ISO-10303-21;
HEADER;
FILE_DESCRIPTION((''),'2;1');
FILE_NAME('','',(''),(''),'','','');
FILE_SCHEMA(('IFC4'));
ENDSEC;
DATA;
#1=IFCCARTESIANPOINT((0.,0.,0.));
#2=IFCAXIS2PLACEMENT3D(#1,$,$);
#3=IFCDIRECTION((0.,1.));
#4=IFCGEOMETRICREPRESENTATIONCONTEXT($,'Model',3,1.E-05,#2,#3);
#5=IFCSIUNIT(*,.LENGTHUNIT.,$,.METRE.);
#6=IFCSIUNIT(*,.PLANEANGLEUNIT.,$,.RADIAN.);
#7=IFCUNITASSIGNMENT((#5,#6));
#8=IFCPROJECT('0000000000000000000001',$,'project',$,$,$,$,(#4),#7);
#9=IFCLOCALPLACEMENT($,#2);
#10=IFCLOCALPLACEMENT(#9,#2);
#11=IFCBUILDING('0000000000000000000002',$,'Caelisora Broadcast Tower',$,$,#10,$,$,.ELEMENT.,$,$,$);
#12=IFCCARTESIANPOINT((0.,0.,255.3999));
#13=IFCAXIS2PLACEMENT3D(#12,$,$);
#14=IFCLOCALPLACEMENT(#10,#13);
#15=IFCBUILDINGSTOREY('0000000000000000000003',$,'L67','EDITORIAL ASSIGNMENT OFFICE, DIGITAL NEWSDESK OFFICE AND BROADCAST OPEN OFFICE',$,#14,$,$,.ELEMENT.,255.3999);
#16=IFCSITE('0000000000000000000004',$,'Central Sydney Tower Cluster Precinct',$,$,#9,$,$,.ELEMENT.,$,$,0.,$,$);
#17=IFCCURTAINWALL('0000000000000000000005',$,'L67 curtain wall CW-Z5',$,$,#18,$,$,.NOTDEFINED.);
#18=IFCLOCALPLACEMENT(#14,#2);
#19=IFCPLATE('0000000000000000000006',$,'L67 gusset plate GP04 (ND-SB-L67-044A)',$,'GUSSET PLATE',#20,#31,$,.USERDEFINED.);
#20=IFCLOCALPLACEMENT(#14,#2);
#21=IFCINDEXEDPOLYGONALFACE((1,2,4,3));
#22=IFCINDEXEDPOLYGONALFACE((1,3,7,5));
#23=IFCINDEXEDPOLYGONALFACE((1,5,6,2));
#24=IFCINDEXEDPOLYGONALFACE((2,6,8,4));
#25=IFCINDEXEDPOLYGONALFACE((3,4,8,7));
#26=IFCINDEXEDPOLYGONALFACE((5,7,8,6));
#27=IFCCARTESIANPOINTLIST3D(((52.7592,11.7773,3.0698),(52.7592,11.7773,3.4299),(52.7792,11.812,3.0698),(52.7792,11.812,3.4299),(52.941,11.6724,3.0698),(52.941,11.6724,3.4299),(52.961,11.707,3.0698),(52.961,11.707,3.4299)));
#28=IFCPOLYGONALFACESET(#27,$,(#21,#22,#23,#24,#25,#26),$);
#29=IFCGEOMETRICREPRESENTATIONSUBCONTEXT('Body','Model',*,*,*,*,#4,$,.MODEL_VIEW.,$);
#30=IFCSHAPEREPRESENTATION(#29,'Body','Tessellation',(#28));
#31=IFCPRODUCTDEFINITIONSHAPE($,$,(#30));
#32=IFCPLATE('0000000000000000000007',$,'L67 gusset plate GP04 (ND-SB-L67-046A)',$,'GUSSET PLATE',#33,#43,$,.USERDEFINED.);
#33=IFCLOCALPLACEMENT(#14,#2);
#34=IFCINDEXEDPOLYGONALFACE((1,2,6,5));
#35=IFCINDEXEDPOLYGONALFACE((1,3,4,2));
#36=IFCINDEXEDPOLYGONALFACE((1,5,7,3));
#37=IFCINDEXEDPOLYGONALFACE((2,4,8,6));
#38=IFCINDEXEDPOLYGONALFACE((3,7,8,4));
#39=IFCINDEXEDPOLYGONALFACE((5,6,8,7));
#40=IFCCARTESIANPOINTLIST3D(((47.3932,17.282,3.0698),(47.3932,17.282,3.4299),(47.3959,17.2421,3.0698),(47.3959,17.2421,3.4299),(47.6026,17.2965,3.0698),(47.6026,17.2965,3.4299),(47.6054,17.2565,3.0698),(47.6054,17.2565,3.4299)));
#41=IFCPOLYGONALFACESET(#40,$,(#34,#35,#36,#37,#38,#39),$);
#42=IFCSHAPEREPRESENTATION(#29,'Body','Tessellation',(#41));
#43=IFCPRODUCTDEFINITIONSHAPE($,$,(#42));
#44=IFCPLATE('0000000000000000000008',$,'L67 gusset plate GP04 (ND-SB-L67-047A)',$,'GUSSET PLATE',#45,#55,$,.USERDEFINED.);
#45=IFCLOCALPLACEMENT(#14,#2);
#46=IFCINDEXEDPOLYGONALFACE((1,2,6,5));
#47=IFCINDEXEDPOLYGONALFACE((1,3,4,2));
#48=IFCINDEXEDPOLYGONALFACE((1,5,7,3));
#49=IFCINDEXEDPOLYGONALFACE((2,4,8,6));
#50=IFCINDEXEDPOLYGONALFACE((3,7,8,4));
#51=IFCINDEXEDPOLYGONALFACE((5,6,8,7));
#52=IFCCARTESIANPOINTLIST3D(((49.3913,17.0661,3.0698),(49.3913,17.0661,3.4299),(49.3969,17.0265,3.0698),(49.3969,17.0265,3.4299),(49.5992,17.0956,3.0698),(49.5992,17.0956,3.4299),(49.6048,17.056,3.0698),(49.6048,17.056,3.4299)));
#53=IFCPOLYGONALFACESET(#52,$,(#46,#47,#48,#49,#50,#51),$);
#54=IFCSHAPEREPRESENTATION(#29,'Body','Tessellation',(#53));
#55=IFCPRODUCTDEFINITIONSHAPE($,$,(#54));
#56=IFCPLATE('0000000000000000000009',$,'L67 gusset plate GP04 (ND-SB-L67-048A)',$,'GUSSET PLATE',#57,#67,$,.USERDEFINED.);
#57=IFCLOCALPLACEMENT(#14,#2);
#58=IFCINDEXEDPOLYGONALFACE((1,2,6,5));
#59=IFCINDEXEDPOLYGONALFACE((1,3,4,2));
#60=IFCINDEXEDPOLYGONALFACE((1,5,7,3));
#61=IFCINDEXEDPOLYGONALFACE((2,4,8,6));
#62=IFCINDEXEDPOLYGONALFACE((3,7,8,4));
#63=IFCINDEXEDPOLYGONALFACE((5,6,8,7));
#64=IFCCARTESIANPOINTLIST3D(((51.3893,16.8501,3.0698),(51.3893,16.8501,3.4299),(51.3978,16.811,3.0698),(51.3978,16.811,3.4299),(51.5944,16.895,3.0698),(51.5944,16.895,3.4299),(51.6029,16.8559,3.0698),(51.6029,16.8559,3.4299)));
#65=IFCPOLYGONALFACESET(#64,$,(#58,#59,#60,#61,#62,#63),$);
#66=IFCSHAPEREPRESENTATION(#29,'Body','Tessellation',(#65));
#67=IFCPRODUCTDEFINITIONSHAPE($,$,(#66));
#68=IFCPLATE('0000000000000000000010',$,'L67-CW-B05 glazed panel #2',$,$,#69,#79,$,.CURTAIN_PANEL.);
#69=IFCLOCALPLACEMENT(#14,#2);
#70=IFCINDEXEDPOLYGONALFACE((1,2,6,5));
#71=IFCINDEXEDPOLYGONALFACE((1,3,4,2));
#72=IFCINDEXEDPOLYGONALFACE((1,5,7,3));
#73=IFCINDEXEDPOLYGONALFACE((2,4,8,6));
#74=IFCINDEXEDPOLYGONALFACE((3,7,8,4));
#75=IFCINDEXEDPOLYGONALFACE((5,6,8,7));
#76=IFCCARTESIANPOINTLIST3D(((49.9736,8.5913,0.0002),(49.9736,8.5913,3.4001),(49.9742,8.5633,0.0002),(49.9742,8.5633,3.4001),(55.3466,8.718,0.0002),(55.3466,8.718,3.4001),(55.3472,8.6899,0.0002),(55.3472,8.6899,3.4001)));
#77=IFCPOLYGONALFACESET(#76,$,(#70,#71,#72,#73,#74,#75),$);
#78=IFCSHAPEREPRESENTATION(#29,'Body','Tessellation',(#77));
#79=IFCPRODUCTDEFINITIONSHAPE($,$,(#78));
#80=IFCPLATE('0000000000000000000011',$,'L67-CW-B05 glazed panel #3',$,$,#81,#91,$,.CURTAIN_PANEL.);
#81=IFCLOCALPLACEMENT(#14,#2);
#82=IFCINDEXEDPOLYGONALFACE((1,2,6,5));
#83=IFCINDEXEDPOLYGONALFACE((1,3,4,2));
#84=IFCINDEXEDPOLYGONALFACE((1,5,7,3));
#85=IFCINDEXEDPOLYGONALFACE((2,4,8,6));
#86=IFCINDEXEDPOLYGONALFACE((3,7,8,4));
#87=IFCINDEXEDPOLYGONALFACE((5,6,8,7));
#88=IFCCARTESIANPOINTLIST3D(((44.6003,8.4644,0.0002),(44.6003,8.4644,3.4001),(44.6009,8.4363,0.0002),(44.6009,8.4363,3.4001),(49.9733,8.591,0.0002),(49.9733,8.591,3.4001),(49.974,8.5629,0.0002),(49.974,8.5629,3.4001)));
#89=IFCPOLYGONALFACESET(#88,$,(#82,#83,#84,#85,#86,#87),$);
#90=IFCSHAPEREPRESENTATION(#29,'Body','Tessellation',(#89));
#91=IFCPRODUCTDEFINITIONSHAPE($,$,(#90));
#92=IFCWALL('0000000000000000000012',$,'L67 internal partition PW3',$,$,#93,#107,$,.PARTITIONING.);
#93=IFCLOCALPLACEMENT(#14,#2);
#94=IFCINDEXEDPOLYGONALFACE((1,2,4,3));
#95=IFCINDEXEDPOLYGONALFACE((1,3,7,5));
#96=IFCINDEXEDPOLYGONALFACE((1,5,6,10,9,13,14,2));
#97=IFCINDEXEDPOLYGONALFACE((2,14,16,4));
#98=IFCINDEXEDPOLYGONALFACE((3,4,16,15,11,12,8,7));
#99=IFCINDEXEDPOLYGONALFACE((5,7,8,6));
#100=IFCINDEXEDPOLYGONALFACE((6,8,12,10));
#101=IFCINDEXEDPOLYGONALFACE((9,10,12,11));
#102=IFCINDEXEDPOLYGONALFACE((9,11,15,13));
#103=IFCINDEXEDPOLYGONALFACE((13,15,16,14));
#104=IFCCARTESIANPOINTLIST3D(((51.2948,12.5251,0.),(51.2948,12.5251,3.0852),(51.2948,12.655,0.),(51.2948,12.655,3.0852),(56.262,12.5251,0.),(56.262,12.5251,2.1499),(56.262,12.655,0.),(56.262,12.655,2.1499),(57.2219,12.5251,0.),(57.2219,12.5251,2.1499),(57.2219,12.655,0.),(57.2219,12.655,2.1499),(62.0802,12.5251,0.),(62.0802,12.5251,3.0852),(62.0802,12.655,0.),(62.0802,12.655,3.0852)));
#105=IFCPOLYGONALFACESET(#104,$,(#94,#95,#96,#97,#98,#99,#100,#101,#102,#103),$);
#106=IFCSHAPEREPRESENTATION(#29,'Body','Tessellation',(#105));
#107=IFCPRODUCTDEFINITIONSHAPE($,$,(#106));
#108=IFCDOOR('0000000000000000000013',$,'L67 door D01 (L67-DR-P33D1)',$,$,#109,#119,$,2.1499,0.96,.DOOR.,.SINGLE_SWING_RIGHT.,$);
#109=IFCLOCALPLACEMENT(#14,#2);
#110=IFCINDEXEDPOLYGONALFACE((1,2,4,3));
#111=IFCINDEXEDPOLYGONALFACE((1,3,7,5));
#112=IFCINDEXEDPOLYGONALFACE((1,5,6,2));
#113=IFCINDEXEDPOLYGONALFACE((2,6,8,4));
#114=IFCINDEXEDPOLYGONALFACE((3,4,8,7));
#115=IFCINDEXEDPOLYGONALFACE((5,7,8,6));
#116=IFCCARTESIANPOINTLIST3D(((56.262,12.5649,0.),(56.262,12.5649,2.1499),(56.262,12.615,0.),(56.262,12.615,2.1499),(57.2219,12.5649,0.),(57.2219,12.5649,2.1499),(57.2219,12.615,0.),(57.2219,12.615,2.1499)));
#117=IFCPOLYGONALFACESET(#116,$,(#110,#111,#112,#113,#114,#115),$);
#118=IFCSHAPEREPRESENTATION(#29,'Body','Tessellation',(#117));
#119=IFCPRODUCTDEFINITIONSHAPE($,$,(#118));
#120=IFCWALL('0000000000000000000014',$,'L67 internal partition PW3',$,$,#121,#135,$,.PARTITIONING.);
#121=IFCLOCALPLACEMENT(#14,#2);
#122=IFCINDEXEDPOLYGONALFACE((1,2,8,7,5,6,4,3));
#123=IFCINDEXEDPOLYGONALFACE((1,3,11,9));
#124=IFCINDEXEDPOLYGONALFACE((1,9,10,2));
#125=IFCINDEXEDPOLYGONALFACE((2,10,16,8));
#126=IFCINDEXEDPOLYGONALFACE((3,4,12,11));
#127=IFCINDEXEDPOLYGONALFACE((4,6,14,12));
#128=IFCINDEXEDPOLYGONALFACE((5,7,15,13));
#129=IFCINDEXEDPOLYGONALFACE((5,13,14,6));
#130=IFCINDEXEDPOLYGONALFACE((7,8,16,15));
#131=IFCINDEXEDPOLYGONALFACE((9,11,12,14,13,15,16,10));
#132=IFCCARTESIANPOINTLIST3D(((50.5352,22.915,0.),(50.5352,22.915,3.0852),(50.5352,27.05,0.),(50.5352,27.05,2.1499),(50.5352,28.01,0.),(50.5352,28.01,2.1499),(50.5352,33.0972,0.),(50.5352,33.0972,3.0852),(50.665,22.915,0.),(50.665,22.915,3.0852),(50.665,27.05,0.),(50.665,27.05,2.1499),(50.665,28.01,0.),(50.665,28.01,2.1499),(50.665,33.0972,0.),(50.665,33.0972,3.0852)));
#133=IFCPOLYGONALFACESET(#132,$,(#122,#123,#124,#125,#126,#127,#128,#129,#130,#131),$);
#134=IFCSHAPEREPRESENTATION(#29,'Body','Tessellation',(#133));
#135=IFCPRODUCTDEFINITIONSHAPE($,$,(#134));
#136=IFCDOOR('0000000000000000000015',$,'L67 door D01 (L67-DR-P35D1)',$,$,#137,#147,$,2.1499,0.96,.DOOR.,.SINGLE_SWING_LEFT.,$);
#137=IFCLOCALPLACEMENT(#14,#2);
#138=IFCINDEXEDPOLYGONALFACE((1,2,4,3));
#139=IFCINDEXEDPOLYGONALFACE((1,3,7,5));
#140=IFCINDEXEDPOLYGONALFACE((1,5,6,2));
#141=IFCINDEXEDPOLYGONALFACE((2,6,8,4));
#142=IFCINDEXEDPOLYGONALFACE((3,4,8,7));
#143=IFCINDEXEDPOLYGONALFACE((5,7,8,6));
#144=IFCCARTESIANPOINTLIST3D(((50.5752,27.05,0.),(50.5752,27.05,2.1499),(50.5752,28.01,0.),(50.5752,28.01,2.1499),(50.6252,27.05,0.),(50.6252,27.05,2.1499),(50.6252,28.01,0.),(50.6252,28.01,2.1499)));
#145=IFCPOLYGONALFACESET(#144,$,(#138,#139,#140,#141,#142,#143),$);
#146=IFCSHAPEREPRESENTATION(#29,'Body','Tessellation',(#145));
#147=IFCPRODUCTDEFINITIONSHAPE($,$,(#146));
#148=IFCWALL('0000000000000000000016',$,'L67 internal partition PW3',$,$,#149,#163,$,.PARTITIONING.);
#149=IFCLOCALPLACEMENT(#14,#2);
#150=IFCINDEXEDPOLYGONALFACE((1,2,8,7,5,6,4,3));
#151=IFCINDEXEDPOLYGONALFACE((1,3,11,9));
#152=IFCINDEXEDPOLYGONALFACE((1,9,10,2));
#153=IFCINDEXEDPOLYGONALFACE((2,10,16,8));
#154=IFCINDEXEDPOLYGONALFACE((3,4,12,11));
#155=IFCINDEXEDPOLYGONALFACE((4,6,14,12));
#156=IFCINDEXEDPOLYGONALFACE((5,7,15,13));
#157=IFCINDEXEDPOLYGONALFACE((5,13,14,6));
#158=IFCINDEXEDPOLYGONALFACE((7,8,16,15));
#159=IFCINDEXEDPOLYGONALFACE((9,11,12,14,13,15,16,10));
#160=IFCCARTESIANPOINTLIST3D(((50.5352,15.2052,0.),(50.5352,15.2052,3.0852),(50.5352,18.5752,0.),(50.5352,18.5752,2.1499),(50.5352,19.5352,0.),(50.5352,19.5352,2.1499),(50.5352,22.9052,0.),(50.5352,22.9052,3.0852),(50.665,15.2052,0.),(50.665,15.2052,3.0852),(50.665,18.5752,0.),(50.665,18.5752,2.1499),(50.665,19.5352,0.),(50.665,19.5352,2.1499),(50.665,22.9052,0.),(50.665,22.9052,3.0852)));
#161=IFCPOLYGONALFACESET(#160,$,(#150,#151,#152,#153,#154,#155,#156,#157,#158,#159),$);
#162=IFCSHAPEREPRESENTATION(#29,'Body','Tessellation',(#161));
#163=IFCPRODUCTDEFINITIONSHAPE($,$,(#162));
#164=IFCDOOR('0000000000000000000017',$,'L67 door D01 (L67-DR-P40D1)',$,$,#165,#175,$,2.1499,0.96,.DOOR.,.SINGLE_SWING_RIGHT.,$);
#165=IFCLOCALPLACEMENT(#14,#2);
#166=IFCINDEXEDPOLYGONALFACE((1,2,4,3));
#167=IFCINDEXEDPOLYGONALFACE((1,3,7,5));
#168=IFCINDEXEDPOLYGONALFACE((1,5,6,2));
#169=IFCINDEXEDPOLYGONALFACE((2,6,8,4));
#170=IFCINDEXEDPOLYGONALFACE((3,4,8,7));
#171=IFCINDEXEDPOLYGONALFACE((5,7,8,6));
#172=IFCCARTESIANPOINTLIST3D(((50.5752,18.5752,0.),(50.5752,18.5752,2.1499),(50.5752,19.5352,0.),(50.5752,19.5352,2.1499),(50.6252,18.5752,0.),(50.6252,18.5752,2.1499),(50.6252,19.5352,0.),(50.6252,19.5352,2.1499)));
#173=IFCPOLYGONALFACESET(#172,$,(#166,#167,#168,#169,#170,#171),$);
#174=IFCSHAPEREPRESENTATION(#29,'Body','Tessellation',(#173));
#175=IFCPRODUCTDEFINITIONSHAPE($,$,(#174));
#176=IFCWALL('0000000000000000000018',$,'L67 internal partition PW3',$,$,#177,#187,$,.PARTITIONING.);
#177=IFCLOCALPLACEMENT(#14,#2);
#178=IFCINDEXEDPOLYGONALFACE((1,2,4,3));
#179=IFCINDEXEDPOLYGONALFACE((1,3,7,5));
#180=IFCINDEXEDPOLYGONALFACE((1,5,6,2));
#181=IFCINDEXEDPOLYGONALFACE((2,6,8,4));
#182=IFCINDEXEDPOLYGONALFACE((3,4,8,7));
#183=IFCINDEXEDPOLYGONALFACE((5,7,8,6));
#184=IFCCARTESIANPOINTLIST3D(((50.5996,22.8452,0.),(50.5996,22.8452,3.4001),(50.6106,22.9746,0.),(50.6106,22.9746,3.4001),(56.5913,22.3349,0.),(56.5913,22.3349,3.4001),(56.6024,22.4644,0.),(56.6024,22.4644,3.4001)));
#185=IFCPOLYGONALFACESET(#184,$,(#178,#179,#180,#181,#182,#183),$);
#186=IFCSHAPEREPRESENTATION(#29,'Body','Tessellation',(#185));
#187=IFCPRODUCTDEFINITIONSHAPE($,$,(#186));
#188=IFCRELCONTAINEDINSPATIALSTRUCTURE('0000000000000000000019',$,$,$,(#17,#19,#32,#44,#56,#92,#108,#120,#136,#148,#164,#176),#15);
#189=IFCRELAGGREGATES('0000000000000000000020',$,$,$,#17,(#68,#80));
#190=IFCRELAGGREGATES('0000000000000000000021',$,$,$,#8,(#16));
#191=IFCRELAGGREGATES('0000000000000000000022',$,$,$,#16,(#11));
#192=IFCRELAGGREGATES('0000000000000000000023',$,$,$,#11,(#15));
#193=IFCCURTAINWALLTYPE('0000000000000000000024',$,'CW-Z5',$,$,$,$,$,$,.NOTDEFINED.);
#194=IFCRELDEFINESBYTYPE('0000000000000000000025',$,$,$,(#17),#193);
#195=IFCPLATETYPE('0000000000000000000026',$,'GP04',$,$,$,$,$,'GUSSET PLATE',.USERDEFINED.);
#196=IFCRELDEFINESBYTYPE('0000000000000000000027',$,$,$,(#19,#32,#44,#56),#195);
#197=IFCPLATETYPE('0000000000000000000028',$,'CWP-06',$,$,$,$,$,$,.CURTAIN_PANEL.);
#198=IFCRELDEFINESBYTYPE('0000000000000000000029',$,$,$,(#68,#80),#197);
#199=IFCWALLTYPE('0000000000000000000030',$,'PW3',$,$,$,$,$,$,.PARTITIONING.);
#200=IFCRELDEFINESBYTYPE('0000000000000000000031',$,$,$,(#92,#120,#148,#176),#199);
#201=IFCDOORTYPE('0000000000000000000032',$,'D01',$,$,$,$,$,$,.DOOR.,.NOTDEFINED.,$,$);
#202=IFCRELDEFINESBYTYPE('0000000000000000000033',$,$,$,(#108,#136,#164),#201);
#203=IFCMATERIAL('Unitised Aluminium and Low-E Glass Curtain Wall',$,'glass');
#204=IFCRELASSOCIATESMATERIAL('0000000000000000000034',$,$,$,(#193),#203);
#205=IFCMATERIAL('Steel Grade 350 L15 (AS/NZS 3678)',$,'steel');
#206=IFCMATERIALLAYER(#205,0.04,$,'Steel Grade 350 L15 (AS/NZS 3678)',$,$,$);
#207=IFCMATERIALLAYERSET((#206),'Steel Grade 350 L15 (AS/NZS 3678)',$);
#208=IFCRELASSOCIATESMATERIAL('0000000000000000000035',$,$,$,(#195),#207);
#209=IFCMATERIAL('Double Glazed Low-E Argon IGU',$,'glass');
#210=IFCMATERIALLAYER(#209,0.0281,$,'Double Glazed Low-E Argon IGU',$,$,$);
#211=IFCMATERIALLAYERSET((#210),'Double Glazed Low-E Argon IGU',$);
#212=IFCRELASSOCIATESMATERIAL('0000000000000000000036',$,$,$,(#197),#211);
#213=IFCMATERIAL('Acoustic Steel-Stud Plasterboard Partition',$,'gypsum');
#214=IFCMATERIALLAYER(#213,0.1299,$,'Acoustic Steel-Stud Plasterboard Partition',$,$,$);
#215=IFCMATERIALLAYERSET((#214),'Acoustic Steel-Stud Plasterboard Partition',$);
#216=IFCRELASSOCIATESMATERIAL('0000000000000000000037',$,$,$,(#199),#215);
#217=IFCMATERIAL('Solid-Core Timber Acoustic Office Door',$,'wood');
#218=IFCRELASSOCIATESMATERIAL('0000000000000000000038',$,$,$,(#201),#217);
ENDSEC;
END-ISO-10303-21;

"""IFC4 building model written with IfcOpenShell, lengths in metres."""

from ifc_helpers import new_model, si_unit, direction, frame, frame_2d, origin, origin_2d, place, context, subcontext, project, spatial, rectangle, extrude, source, transform, mapped, material, layer, layer_set, type_object, type_shapes, element, fill, aggregate, save


model = new_model("IFC4")

# Units and contexts
model_context = context("Model", 3, precision=1e-05, world=origin(), true_north=direction((0.0, 1.0)))
body_context = subcontext(model_context, "Body", "Model", "MODEL_VIEW")
ifc_project = project(units=[si_unit("LENGTHUNIT", "METRE"), si_unit("PLANEANGLEUNIT", "RADIAN")], contexts=[model_context])

# Site, building, storey
site_placement = place(None, origin())
site = spatial("IfcSite", under=ifc_project, at=site_placement, Name="Central Sydney Tower Cluster Precinct", CompositionType="ELEMENT", RefElevation=0.0)
building_placement = place(site_placement, origin())
building = spatial("IfcBuilding", under=site, at=building_placement, Name="Caelisora Broadcast Tower", CompositionType="ELEMENT")
storey_placement = place(building_placement, frame((0.0, 0.0, 255.3999)))
storey = spatial("IfcBuildingStorey", under=building, at=storey_placement, Name="L67", Description="EDITORIAL ASSIGNMENT OFFICE, DIGITAL NEWSDESK OFFICE AND BROADCAST OPEN OFFICE", CompositionType="ELEMENT", Elevation=255.3999)

# Curtain wall
ifc_material_1 = material(Name="Unitised Aluminium and Low-E Glass Curtain Wall", Category="glass")
curtain_wall_type = type_object("IfcCurtainWallType", Name="CW-Z5", PredefinedType="NOTDEFINED", material=ifc_material_1)
curtain_wall_placement = place(storey_placement, origin())
curtain_wall = element("IfcCurtainWall", 1, at=curtain_wall_placement, inside=storey, type_object=curtain_wall_type, Name="L67 curtain wall CW-Z5", PredefinedType="NOTDEFINED")

# Plates
ifc_material_2 = material(Name="Steel Grade 350 L15 (AS/NZS 3678)", Category="steel")
ifc_layer_1 = layer(ifc_material_2, 0.04, Name="Steel Grade 350 L15 (AS/NZS 3678)")
ifc_layer_set_1 = layer_set([ifc_layer_1], Name="Steel Grade 350 L15 (AS/NZS 3678)")
plate_type_1 = type_object("IfcPlateType", Name="GP04", ElementType="GUSSET PLATE", PredefinedType="USERDEFINED", material=ifc_layer_set_1)
shared_shape_1 = source(origin(), body_context, "Body", "SweptSolid", [
    extrude(rectangle(XDim=0.21, YDim=0.04, at=origin_2d()), origin(), (0.0, 0.0, 1.0), 0.3601),
])
type_shapes(plate_type_1, [shared_shape_1])
for number, where, z_axis, x_axis, name in (
    (2, (52.8601, 11.7422, 3.0698), (0.0, 0.0, 1.0), (-0.866025, 0.5, 0.0), "L67 gusset plate GP04 (ND-SB-L67-044A)"),
    (3, (47.4993, 17.2693, 3.0698), (0.0, 0.0, 1.0), (-0.997637, -0.068712, 0.0), "L67 gusset plate GP04 (ND-SB-L67-046A)"),
    (4, (49.498, 17.061, 3.0698), (0.0, 0.0, 1.0), (-0.990097, -0.140383, 0.0), "L67 gusset plate GP04 (ND-SB-L67-047A)"),
    (5, (51.4961, 16.853, 3.0698), (0.0, 0.0, 1.0), (-0.976897, -0.213712, 0.0), "L67 gusset plate GP04 (ND-SB-L67-048A)"),
):
    element("IfcPlate", number, at=place(storey_placement, frame(where, z_axis=z_axis, x_axis=x_axis)), inside=storey, type_object=plate_type_1, Name=name, ObjectType="GUSSET PLATE", PredefinedType="USERDEFINED", context=body_context, shape_type="MappedRepresentation", body=[
        mapped(shared_shape_1, transform((0.0, 0.0, 0.0), scale=1.0)),
    ])

# Plates
ifc_material_3 = material(Name="Double Glazed Low-E Argon IGU", Category="glass")
ifc_layer_2 = layer(ifc_material_3, 0.0281, Name="Double Glazed Low-E Argon IGU")
ifc_layer_set_2 = layer_set([ifc_layer_2], Name="Double Glazed Low-E Argon IGU")
plate_type_2 = type_object("IfcPlateType", Name="CWP-06", PredefinedType="CURTAIN_PANEL", material=ifc_layer_set_2)
shared_shape_2 = source(origin(), body_context, "Body", "SweptSolid", [
    extrude(rectangle(XDim=5.3745, YDim=0.0281, at=origin_2d()), origin(), (0.0, 0.0, 1.0), 3.3999),
])
type_shapes(plate_type_2, [shared_shape_2])
plate_1_placement = place(storey_placement, frame((52.6604, 8.6406, 0.0002), z_axis=(0.0, 0.0, 1.0), x_axis=(-0.999722, -0.02356, 0.0)))
plate_1 = element("IfcPlate", 6, at=plate_1_placement, type_object=plate_type_2, Name="L67-CW-B05 glazed panel #2", PredefinedType="CURTAIN_PANEL", context=body_context, shape_type="MappedRepresentation", body=[
    mapped(shared_shape_2, transform((0.0, 0.0, 0.0), scale=1.0)),
])
plate_2_placement = place(storey_placement, frame((47.2871, 8.5137, 0.0002), z_axis=(0.0, 0.0, 1.0), x_axis=(-0.999722, -0.02356, 0.0)))
plate_2 = element("IfcPlate", 7, at=plate_2_placement, type_object=plate_type_2, Name="L67-CW-B05 glazed panel #3", PredefinedType="CURTAIN_PANEL", context=body_context, shape_type="MappedRepresentation", body=[
    mapped(shared_shape_2, transform((0.0, 0.0, 0.0), scale=1.0)),
])
aggregate(curtain_wall, [plate_1, plate_2])

# Walls, openings, doors
ifc_material_4 = material(Name="Acoustic Steel-Stud Plasterboard Partition", Category="gypsum")
ifc_layer_3 = layer(ifc_material_4, 0.1299, Name="Acoustic Steel-Stud Plasterboard Partition")
ifc_layer_set_3 = layer_set([ifc_layer_3], Name="Acoustic Steel-Stud Plasterboard Partition")
wall_type = type_object("IfcWallType", Name="PW3", PredefinedType="PARTITIONING", material=ifc_layer_set_3)
wall_1_placement = place(storey_placement, frame((51.2949, 12.5901, 0.0), z_axis=(0.0, 0.0, 1.0), x_axis=(1.0, 0.0, 0.0)))
wall_1 = element("IfcWall", 8, at=wall_1_placement, inside=storey, type_object=wall_type, Name="L67 internal partition PW3", PredefinedType="PARTITIONING", context=body_context, shape_type="SweptSolid", body=[
    extrude(rectangle(XDim=10.7854, YDim=0.1299, at=frame_2d((5.3926, 0.0))), origin(), (0.0, 0.0, 1.0), 3.0852),
])
opening_1_placement = place(wall_1_placement, frame((4.967, 0.0, 0.0)))
opening_1 = element("IfcOpeningElement", 9, at=opening_1_placement, cuts=wall_1, PredefinedType="OPENING", context=body_context, shape_type="SweptSolid", body=[
    extrude(rectangle(XDim=0.96, YDim=2.1499, at=frame_2d((0.48, 1.075))), frame((0.0, 0.0769, 0.0), z_axis=(0.0, -1.0, 0.0), x_axis=(1.0, 0.0, 0.0)), (0.0, 0.0, 1.0), 0.1538),
])
ifc_material_5 = material(Name="Solid-Core Timber Acoustic Office Door", Category="wood")
door_type = type_object("IfcDoorType", Name="D01", OperationType="NOTDEFINED", PredefinedType="DOOR", material=ifc_material_5)
door_1_placement = place(opening_1_placement, origin())
door_1 = element("IfcDoor", 10, at=door_1_placement, inside=storey, type_object=door_type, Name="L67 door D01 (L67-DR-P33D1)", OperationType="SINGLE_SWING_RIGHT", OverallHeight=2.1499, OverallWidth=0.96, PredefinedType="DOOR", context=body_context, shape_type="SweptSolid", body=[
    extrude(rectangle(XDim=0.96, YDim=2.1499, at=frame_2d((0.48, 1.075))), frame((0.0, 0.0249, 0.0), z_axis=(0.0, -1.0, 0.0), x_axis=(1.0, 0.0, 0.0)), (0.0, 0.0, 1.0), 0.05),
])
fill(opening_1, door_1)
wall_2_placement = place(storey_placement, frame((50.6001, 22.915, 0.0), z_axis=(0.0, 0.0, 1.0), x_axis=(0.0, 1.0, 0.0)))
wall_2 = element("IfcWall", 11, at=wall_2_placement, inside=storey, type_object=wall_type, Name="L67 internal partition PW3", PredefinedType="PARTITIONING", context=body_context, shape_type="SweptSolid", body=[
    extrude(rectangle(XDim=10.1821, YDim=0.1299, at=frame_2d((5.0911, 0.0))), origin(), (0.0, 0.0, 1.0), 3.0852),
])
opening_2_placement = place(wall_2_placement, frame((4.135, 0.0, 0.0)))
opening_2 = element("IfcOpeningElement", 12, at=opening_2_placement, cuts=wall_2, PredefinedType="OPENING", context=body_context, shape_type="SweptSolid", body=[
    extrude(rectangle(XDim=0.96, YDim=2.1499, at=frame_2d((0.48, 1.075))), frame((0.0, 0.0769, 0.0), z_axis=(0.0, -1.0, 0.0), x_axis=(1.0, 0.0, 0.0)), (0.0, 0.0, 1.0), 0.1538),
])
door_2_placement = place(opening_2_placement, origin())
door_2 = element("IfcDoor", 13, at=door_2_placement, inside=storey, type_object=door_type, Name="L67 door D01 (L67-DR-P35D1)", OperationType="SINGLE_SWING_LEFT", OverallHeight=2.1499, OverallWidth=0.96, PredefinedType="DOOR", context=body_context, shape_type="SweptSolid", body=[
    extrude(rectangle(XDim=0.96, YDim=2.1499, at=frame_2d((0.48, 1.075))), frame((0.0, 0.0249, 0.0), z_axis=(0.0, -1.0, 0.0), x_axis=(1.0, 0.0, 0.0)), (0.0, 0.0, 1.0), 0.05),
])
fill(opening_2, door_2)
wall_3_placement = place(storey_placement, frame((50.6001, 15.2051, 0.0), z_axis=(0.0, 0.0, 1.0), x_axis=(0.0, 1.0, 0.0)))
wall_3 = element("IfcWall", 14, at=wall_3_placement, inside=storey, type_object=wall_type, Name="L67 internal partition PW3", PredefinedType="PARTITIONING", context=body_context, shape_type="SweptSolid", body=[
    extrude(rectangle(XDim=7.7, YDim=0.1299, at=frame_2d((3.8501, 0.0))), origin(), (0.0, 0.0, 1.0), 3.0852),
])
opening_3_placement = place(wall_3_placement, frame((3.3701, 0.0, 0.0)))
opening_3 = element("IfcOpeningElement", 15, at=opening_3_placement, cuts=wall_3, PredefinedType="OPENING", context=body_context, shape_type="SweptSolid", body=[
    extrude(rectangle(XDim=0.96, YDim=2.1499, at=frame_2d((0.48, 1.075))), frame((0.0, 0.0769, 0.0), z_axis=(0.0, -1.0, 0.0), x_axis=(1.0, 0.0, 0.0)), (0.0, 0.0, 1.0), 0.1538),
])
door_3_placement = place(opening_3_placement, origin())
door_3 = element("IfcDoor", 16, at=door_3_placement, inside=storey, type_object=door_type, Name="L67 door D01 (L67-DR-P40D1)", OperationType="SINGLE_SWING_RIGHT", OverallHeight=2.1499, OverallWidth=0.96, PredefinedType="DOOR", context=body_context, shape_type="SweptSolid", body=[
    extrude(rectangle(XDim=0.96, YDim=2.1499, at=frame_2d((0.48, 1.075))), frame((0.0, 0.0249, 0.0), z_axis=(0.0, -1.0, 0.0), x_axis=(1.0, 0.0, 0.0)), (0.0, 0.0, 1.0), 0.05),
])
fill(opening_3, door_3)

# Wall
wall_4_placement = place(storey_placement, frame((50.605, 22.9099, 0.0), z_axis=(0.0, 0.0, 1.0), x_axis=(0.996393, -0.084853, 0.0)))
element("IfcWall", 17, at=wall_4_placement, inside=storey, type_object=wall_type, Name="L67 internal partition PW3", PredefinedType="PARTITIONING", context=body_context, shape_type="SweptSolid", body=[
    extrude(rectangle(XDim=6.0134, YDim=0.1299, at=frame_2d((3.0068, 0.0))), origin(), (0.0, 0.0, 1.0), 3.4001),
])

save(model, "model.ifc")
